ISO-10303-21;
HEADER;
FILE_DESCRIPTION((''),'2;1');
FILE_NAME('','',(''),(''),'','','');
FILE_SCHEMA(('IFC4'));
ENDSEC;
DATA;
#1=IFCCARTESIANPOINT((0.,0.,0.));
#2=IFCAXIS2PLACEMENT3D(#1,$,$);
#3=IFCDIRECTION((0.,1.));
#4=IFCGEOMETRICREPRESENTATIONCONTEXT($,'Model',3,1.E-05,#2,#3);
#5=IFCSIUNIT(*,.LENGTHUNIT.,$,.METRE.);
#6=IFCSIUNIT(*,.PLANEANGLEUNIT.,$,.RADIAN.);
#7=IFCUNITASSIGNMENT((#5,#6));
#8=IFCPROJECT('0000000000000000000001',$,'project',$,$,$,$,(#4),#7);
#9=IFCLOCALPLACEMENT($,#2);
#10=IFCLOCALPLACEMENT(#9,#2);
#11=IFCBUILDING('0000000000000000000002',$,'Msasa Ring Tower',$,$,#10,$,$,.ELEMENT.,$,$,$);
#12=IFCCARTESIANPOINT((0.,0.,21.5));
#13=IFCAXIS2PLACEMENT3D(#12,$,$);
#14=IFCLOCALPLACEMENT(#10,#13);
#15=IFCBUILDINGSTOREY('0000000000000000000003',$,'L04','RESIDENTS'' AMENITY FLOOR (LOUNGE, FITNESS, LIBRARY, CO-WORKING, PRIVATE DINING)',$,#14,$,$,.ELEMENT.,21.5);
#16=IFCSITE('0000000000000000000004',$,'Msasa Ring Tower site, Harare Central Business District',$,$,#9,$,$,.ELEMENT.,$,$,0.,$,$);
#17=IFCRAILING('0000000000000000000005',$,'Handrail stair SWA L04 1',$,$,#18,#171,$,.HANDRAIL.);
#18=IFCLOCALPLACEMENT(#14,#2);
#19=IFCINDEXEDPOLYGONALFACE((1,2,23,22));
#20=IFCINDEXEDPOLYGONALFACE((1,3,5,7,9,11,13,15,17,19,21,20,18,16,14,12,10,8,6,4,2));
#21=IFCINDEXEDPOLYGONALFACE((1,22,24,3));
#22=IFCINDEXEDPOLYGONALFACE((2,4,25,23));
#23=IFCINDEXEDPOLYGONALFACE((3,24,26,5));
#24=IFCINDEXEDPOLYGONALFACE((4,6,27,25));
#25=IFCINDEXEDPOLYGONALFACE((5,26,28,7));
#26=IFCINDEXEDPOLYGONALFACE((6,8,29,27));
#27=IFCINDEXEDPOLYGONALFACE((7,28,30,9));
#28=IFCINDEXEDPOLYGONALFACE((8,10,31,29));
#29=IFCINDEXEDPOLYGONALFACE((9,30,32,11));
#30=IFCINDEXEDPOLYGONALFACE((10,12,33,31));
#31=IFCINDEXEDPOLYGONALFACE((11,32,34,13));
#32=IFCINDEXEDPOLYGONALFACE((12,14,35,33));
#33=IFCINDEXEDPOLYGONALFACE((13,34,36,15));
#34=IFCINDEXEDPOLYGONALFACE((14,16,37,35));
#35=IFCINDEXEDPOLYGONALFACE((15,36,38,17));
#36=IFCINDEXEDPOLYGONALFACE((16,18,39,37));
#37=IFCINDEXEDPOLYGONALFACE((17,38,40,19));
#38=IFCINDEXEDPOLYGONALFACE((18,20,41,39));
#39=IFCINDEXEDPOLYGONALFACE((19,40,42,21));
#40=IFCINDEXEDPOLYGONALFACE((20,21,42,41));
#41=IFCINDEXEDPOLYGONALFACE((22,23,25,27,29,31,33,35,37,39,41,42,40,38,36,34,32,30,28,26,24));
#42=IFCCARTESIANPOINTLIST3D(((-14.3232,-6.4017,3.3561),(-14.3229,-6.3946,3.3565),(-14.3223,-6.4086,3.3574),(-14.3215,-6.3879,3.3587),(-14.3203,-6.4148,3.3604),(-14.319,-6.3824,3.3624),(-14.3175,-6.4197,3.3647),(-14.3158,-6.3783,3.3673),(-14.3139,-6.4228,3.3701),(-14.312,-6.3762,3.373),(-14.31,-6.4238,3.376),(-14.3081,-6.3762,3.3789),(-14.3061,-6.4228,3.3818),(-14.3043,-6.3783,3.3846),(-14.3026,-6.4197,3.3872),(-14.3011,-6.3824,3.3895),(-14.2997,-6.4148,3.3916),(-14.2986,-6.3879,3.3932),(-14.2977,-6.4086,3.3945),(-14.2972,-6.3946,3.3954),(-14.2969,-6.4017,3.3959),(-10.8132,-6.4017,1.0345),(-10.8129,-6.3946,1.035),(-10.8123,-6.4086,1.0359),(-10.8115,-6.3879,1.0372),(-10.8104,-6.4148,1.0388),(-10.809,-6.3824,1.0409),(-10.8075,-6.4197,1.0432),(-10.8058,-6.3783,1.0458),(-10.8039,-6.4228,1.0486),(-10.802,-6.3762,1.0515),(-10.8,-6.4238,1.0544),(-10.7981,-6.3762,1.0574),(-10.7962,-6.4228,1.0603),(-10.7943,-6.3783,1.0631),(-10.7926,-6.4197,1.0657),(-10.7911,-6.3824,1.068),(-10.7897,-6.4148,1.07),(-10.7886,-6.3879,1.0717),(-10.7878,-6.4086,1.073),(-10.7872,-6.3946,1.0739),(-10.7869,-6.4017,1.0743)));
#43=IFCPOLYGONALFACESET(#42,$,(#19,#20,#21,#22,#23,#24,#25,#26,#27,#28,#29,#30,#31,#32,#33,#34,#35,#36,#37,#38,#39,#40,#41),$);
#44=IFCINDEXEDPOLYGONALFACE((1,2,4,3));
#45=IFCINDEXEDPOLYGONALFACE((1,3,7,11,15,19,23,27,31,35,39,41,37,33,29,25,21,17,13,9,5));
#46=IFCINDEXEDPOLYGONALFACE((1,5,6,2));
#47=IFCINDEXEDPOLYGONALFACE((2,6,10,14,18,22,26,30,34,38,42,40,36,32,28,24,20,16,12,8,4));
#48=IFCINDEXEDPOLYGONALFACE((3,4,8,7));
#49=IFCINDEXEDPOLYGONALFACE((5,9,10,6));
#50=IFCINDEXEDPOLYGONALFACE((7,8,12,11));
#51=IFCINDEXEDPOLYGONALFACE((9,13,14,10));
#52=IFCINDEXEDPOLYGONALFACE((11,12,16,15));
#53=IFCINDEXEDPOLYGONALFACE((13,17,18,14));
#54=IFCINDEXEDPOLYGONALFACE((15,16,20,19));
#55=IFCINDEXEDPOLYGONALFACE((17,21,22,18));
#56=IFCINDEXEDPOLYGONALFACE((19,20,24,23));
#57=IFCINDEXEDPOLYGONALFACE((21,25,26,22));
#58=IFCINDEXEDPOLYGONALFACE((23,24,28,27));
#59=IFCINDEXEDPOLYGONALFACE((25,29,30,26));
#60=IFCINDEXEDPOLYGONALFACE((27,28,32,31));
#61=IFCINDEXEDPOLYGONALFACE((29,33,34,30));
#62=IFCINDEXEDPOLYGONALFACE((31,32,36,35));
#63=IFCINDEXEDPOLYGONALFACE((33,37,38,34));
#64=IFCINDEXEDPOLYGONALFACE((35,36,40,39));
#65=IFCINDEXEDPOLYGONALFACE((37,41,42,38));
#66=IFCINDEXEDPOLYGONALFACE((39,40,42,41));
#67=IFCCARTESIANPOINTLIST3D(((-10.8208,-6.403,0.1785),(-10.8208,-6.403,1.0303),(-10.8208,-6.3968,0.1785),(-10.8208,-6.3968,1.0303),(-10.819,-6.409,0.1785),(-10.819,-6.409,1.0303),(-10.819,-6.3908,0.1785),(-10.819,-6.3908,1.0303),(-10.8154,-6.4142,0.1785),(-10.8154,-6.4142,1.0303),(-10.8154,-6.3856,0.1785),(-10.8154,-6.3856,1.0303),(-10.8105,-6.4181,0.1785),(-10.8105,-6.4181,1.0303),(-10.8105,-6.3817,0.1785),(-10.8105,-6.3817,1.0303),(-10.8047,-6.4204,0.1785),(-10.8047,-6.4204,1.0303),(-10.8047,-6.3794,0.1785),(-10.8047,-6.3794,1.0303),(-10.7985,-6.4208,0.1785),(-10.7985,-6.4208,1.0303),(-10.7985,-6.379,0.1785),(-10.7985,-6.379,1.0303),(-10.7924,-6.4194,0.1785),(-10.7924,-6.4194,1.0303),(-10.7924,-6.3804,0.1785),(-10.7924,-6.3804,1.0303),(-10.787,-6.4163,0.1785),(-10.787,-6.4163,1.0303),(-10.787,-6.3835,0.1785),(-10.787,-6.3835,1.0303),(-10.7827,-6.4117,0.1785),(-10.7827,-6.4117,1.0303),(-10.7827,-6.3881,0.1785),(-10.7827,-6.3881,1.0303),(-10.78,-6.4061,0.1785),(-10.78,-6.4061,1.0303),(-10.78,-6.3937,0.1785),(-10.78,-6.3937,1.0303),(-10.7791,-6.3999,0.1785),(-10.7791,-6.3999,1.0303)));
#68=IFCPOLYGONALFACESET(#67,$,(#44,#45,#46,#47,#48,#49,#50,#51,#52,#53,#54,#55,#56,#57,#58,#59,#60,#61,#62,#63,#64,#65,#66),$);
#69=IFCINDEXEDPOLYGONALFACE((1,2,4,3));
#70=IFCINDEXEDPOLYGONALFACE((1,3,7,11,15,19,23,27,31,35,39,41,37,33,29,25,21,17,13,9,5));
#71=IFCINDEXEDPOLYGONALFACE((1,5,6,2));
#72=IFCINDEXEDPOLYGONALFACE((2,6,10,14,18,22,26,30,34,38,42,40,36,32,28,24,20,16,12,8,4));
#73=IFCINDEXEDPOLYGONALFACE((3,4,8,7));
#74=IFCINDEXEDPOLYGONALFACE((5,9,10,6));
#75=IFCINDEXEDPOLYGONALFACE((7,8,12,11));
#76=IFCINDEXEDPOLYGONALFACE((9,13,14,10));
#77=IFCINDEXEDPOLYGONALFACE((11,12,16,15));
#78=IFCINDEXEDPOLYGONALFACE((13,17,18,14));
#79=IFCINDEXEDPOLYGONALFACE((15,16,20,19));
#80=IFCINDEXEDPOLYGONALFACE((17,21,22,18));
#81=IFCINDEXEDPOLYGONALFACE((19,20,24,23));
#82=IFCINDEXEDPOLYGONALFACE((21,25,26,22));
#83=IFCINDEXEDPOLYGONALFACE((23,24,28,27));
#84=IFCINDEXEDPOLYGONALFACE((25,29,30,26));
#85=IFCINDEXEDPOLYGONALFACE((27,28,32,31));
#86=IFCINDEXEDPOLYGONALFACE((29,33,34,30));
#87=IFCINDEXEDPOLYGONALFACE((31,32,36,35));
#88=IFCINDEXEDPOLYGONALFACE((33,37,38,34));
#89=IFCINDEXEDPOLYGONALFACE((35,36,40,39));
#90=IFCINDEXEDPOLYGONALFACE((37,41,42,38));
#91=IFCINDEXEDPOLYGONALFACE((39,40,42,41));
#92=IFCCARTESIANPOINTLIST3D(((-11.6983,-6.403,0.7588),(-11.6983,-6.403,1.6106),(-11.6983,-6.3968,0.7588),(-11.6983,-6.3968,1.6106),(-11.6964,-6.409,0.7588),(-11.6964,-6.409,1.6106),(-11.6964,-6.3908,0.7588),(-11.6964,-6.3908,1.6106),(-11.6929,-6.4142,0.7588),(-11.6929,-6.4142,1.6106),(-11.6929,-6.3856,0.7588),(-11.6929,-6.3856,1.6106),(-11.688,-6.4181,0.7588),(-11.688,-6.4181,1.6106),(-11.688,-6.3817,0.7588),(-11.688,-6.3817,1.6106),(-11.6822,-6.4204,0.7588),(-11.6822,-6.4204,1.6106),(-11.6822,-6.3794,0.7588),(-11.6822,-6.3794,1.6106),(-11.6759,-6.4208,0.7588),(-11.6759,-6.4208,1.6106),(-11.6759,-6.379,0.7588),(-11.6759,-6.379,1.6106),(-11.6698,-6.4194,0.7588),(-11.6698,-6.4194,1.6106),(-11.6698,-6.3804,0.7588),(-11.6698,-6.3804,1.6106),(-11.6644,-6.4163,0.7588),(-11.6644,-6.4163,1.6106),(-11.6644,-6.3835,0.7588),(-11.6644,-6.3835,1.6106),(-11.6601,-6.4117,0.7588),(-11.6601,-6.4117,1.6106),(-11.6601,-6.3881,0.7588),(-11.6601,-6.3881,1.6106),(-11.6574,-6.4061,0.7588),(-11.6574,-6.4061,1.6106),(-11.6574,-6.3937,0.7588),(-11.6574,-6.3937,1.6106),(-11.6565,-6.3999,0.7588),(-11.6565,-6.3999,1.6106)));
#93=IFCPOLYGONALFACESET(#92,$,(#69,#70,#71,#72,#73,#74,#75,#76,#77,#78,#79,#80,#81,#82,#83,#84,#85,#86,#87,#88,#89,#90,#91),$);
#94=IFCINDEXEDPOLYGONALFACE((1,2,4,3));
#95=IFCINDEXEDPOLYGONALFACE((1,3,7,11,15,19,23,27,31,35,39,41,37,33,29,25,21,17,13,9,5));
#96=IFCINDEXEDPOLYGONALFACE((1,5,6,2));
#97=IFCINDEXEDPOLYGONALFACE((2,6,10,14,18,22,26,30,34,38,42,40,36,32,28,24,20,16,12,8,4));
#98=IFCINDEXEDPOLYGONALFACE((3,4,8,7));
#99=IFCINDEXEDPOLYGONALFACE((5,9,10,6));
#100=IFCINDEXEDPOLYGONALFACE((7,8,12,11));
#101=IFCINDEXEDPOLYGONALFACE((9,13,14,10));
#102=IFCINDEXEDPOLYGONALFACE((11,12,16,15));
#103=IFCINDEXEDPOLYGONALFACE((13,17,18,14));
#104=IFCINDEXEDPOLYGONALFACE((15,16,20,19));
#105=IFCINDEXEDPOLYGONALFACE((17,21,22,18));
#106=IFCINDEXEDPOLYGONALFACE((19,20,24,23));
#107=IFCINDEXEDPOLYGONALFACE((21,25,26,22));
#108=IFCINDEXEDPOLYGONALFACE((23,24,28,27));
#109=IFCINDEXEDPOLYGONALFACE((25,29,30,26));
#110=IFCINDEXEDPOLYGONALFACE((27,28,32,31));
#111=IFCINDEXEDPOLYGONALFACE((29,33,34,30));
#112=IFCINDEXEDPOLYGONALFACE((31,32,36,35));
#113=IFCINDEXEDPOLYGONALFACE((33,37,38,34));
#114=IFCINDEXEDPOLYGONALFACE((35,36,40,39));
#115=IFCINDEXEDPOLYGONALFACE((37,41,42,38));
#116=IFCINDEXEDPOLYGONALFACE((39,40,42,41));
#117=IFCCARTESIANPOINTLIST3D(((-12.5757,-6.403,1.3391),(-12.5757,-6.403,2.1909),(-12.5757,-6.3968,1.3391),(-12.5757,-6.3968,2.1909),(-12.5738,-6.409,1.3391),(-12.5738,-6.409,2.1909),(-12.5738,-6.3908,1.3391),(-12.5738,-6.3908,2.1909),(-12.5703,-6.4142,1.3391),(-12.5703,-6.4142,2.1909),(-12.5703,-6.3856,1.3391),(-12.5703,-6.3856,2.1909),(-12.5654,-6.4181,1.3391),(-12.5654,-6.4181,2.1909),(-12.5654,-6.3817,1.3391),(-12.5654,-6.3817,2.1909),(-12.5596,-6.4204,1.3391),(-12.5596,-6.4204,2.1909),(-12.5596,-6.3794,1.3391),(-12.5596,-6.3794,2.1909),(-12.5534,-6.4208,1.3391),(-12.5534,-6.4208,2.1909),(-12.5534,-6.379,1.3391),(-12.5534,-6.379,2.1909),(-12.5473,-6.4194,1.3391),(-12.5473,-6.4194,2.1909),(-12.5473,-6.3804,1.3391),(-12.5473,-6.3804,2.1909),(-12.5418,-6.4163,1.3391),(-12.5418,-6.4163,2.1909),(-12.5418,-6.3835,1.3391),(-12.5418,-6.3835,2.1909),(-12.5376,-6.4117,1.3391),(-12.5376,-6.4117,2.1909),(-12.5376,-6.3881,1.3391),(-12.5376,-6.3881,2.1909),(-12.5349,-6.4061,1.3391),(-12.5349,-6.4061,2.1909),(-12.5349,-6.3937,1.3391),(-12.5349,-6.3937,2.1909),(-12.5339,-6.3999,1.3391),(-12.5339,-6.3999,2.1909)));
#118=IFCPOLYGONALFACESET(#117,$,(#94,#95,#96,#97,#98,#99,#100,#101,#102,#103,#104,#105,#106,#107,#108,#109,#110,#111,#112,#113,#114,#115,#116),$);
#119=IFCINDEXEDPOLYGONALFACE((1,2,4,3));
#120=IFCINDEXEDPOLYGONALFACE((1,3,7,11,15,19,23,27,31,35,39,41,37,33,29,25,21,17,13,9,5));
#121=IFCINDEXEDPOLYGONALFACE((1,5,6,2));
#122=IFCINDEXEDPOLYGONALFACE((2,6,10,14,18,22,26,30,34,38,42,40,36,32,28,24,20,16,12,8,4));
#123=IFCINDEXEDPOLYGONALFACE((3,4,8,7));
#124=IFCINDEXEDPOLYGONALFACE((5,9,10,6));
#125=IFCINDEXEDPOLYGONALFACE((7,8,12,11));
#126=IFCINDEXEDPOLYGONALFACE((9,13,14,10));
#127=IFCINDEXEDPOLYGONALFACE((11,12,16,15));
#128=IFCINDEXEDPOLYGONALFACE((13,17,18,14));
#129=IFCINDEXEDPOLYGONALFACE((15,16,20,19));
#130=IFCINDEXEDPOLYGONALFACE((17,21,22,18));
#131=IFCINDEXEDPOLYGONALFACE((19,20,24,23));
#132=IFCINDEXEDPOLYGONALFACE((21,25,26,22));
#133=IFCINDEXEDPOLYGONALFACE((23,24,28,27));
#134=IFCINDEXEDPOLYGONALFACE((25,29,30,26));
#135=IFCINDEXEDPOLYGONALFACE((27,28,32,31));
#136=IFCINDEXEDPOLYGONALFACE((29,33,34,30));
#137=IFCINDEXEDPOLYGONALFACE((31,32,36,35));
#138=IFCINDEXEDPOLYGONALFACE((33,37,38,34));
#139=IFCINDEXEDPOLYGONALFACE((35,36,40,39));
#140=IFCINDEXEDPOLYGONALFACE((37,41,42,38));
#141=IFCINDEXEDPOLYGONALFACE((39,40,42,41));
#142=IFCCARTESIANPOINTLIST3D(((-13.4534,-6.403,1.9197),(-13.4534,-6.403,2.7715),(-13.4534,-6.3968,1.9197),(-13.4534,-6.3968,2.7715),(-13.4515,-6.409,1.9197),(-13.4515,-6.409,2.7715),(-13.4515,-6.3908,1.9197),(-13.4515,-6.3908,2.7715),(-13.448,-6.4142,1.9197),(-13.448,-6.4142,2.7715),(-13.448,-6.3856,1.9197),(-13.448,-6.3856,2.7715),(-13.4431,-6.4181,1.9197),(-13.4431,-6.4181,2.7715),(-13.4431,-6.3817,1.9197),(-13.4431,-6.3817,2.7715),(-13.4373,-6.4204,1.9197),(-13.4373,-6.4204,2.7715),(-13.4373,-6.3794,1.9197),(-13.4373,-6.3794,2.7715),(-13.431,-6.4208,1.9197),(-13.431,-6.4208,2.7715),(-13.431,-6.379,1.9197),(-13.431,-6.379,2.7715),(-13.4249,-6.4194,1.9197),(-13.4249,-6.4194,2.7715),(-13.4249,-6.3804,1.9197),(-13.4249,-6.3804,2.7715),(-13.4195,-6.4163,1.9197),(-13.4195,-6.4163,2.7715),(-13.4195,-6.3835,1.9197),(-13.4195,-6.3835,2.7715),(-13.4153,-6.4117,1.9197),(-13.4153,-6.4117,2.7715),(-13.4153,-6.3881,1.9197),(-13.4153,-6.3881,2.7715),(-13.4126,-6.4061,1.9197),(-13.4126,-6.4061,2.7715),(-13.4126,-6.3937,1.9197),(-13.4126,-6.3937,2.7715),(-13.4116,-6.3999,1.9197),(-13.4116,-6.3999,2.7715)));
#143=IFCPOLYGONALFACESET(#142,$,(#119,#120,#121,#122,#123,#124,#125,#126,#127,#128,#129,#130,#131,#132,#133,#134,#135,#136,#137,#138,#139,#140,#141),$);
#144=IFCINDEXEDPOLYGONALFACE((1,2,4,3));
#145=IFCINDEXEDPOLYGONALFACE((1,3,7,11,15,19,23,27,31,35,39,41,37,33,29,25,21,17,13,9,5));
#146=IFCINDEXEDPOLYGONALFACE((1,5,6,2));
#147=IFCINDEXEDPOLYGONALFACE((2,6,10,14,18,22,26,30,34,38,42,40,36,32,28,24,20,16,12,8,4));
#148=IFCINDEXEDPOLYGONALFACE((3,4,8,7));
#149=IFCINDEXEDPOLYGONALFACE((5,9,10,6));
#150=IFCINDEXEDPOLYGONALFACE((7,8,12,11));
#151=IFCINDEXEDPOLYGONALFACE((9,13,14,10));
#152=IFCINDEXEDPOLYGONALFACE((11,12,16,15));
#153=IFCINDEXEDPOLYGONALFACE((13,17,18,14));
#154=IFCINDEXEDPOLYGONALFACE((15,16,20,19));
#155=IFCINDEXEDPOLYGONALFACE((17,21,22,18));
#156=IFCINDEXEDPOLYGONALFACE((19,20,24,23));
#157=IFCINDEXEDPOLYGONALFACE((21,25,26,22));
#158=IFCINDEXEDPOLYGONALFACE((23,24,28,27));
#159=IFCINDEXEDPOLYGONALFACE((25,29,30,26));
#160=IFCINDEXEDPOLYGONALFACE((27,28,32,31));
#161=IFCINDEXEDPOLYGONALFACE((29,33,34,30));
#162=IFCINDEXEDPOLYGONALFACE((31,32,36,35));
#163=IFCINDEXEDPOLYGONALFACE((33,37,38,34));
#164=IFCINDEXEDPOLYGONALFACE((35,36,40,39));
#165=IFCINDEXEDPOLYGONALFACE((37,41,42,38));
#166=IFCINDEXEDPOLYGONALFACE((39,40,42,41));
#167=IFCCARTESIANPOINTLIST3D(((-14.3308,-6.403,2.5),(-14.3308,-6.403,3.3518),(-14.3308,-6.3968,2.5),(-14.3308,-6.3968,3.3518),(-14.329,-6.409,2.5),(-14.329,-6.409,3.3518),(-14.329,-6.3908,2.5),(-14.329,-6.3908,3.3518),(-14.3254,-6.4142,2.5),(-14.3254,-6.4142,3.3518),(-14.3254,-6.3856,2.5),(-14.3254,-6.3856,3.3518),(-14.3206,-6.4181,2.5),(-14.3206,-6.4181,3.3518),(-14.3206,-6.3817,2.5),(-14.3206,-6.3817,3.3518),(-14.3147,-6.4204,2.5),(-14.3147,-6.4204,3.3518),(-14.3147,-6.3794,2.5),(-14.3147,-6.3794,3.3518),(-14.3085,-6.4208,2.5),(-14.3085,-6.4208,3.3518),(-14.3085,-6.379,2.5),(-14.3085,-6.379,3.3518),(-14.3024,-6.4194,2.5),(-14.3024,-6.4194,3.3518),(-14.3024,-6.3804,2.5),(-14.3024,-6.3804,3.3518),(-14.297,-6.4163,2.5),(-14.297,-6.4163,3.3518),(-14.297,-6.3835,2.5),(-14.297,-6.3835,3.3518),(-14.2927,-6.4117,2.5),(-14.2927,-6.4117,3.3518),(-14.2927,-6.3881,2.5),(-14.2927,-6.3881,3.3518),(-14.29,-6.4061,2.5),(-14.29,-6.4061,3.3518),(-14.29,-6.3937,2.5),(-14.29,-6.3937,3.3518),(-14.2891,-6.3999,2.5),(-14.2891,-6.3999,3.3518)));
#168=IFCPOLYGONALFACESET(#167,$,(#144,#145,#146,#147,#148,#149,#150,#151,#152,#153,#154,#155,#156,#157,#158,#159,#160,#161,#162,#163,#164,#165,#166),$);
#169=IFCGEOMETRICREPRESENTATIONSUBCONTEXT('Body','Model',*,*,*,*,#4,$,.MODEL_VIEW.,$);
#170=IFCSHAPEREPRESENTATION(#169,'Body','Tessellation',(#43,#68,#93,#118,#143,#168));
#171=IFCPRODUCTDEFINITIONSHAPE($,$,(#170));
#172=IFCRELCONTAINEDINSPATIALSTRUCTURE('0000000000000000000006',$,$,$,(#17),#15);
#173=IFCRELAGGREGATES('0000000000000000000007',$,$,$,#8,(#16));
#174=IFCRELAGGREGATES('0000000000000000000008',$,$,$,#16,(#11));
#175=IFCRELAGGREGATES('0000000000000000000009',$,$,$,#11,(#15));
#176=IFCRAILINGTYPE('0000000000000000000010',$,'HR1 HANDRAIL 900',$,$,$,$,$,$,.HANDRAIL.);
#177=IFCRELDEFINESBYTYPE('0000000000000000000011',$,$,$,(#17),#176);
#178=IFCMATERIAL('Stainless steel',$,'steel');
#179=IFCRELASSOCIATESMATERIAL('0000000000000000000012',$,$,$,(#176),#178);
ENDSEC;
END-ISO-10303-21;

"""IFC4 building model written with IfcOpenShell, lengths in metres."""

from ifc_helpers import new_model, si_unit, direction, frame, origin, origin_2d, place, context, subcontext, project, spatial, circle, extrude, material, type_object, element, save


model = new_model("IFC4")

# Units and contexts
model_context = context("Model", 3, precision=1e-05, world=origin(), true_north=direction((0.0, 1.0)))
body_context = subcontext(model_context, "Body", "Model", "MODEL_VIEW")
ifc_project = project(units=[si_unit("LENGTHUNIT", "METRE"), si_unit("PLANEANGLEUNIT", "RADIAN")], contexts=[model_context])

# Site, building, storey
site_placement = place(None, origin())
site = spatial("IfcSite", under=ifc_project, at=site_placement, Name="Msasa Ring Tower site, Harare Central Business District", CompositionType="ELEMENT", RefElevation=0.0)
building_placement = place(site_placement, origin())
building = spatial("IfcBuilding", under=site, at=building_placement, Name="Msasa Ring Tower", CompositionType="ELEMENT")
storey_placement = place(building_placement, frame((0.0, 0.0, 21.5)))
storey = spatial("IfcBuildingStorey", under=building, at=storey_placement, Name="L04", Description="RESIDENTS' AMENITY FLOOR (LOUNGE, FITNESS, LIBRARY, CO-WORKING, PRIVATE DINING)", CompositionType="ELEMENT", Elevation=21.5)

# Railing
ifc_material_1 = material(Name="Stainless steel", Category="steel")
railing_type = type_object("IfcRailingType", Name="HR1 HANDRAIL 900", PredefinedType="HANDRAIL", material=ifc_material_1)
for number, where, name in (
    (1, (-10.8, -6.3999, 0.1785), "Handrail stair SWA L04 1"),
):
    element("IfcRailing", number, at=place(storey_placement, frame(where)), inside=storey, type_object=railing_type, Name=name, PredefinedType="HANDRAIL", context=body_context, shape_type="SweptSolid", body=[
        extrude(circle(Radius=0.0239, at=origin_2d()), frame((0.0, 0.0, 0.876), z_axis=(-0.834071, 0.0, 0.551657), x_axis=(0.0, -1.0, 0.0)), (0.0, 0.0, 1.0), 4.2083),
        extrude(circle(Radius=0.021, at=origin_2d()), origin(), (0.0, 0.0, 1.0), 0.8518),
        extrude(circle(Radius=0.021, at=origin_2d()), frame((-0.8774, 0.0, 0.5803)), (0.0, 0.0, 1.0), 0.8518),
        extrude(circle(Radius=0.021, at=origin_2d()), frame((-1.7549, 0.0, 1.1606)), (0.0, 0.0, 1.0), 0.8518),
        extrude(circle(Radius=0.021, at=origin_2d()), frame((-2.6326, 0.0, 1.7412)), (0.0, 0.0, 1.0), 0.8518),
        extrude(circle(Radius=0.021, at=origin_2d()), frame((-3.51, 0.0, 2.3215)), (0.0, 0.0, 1.0), 0.8518),
    ])

save(model, "model.ifc")
